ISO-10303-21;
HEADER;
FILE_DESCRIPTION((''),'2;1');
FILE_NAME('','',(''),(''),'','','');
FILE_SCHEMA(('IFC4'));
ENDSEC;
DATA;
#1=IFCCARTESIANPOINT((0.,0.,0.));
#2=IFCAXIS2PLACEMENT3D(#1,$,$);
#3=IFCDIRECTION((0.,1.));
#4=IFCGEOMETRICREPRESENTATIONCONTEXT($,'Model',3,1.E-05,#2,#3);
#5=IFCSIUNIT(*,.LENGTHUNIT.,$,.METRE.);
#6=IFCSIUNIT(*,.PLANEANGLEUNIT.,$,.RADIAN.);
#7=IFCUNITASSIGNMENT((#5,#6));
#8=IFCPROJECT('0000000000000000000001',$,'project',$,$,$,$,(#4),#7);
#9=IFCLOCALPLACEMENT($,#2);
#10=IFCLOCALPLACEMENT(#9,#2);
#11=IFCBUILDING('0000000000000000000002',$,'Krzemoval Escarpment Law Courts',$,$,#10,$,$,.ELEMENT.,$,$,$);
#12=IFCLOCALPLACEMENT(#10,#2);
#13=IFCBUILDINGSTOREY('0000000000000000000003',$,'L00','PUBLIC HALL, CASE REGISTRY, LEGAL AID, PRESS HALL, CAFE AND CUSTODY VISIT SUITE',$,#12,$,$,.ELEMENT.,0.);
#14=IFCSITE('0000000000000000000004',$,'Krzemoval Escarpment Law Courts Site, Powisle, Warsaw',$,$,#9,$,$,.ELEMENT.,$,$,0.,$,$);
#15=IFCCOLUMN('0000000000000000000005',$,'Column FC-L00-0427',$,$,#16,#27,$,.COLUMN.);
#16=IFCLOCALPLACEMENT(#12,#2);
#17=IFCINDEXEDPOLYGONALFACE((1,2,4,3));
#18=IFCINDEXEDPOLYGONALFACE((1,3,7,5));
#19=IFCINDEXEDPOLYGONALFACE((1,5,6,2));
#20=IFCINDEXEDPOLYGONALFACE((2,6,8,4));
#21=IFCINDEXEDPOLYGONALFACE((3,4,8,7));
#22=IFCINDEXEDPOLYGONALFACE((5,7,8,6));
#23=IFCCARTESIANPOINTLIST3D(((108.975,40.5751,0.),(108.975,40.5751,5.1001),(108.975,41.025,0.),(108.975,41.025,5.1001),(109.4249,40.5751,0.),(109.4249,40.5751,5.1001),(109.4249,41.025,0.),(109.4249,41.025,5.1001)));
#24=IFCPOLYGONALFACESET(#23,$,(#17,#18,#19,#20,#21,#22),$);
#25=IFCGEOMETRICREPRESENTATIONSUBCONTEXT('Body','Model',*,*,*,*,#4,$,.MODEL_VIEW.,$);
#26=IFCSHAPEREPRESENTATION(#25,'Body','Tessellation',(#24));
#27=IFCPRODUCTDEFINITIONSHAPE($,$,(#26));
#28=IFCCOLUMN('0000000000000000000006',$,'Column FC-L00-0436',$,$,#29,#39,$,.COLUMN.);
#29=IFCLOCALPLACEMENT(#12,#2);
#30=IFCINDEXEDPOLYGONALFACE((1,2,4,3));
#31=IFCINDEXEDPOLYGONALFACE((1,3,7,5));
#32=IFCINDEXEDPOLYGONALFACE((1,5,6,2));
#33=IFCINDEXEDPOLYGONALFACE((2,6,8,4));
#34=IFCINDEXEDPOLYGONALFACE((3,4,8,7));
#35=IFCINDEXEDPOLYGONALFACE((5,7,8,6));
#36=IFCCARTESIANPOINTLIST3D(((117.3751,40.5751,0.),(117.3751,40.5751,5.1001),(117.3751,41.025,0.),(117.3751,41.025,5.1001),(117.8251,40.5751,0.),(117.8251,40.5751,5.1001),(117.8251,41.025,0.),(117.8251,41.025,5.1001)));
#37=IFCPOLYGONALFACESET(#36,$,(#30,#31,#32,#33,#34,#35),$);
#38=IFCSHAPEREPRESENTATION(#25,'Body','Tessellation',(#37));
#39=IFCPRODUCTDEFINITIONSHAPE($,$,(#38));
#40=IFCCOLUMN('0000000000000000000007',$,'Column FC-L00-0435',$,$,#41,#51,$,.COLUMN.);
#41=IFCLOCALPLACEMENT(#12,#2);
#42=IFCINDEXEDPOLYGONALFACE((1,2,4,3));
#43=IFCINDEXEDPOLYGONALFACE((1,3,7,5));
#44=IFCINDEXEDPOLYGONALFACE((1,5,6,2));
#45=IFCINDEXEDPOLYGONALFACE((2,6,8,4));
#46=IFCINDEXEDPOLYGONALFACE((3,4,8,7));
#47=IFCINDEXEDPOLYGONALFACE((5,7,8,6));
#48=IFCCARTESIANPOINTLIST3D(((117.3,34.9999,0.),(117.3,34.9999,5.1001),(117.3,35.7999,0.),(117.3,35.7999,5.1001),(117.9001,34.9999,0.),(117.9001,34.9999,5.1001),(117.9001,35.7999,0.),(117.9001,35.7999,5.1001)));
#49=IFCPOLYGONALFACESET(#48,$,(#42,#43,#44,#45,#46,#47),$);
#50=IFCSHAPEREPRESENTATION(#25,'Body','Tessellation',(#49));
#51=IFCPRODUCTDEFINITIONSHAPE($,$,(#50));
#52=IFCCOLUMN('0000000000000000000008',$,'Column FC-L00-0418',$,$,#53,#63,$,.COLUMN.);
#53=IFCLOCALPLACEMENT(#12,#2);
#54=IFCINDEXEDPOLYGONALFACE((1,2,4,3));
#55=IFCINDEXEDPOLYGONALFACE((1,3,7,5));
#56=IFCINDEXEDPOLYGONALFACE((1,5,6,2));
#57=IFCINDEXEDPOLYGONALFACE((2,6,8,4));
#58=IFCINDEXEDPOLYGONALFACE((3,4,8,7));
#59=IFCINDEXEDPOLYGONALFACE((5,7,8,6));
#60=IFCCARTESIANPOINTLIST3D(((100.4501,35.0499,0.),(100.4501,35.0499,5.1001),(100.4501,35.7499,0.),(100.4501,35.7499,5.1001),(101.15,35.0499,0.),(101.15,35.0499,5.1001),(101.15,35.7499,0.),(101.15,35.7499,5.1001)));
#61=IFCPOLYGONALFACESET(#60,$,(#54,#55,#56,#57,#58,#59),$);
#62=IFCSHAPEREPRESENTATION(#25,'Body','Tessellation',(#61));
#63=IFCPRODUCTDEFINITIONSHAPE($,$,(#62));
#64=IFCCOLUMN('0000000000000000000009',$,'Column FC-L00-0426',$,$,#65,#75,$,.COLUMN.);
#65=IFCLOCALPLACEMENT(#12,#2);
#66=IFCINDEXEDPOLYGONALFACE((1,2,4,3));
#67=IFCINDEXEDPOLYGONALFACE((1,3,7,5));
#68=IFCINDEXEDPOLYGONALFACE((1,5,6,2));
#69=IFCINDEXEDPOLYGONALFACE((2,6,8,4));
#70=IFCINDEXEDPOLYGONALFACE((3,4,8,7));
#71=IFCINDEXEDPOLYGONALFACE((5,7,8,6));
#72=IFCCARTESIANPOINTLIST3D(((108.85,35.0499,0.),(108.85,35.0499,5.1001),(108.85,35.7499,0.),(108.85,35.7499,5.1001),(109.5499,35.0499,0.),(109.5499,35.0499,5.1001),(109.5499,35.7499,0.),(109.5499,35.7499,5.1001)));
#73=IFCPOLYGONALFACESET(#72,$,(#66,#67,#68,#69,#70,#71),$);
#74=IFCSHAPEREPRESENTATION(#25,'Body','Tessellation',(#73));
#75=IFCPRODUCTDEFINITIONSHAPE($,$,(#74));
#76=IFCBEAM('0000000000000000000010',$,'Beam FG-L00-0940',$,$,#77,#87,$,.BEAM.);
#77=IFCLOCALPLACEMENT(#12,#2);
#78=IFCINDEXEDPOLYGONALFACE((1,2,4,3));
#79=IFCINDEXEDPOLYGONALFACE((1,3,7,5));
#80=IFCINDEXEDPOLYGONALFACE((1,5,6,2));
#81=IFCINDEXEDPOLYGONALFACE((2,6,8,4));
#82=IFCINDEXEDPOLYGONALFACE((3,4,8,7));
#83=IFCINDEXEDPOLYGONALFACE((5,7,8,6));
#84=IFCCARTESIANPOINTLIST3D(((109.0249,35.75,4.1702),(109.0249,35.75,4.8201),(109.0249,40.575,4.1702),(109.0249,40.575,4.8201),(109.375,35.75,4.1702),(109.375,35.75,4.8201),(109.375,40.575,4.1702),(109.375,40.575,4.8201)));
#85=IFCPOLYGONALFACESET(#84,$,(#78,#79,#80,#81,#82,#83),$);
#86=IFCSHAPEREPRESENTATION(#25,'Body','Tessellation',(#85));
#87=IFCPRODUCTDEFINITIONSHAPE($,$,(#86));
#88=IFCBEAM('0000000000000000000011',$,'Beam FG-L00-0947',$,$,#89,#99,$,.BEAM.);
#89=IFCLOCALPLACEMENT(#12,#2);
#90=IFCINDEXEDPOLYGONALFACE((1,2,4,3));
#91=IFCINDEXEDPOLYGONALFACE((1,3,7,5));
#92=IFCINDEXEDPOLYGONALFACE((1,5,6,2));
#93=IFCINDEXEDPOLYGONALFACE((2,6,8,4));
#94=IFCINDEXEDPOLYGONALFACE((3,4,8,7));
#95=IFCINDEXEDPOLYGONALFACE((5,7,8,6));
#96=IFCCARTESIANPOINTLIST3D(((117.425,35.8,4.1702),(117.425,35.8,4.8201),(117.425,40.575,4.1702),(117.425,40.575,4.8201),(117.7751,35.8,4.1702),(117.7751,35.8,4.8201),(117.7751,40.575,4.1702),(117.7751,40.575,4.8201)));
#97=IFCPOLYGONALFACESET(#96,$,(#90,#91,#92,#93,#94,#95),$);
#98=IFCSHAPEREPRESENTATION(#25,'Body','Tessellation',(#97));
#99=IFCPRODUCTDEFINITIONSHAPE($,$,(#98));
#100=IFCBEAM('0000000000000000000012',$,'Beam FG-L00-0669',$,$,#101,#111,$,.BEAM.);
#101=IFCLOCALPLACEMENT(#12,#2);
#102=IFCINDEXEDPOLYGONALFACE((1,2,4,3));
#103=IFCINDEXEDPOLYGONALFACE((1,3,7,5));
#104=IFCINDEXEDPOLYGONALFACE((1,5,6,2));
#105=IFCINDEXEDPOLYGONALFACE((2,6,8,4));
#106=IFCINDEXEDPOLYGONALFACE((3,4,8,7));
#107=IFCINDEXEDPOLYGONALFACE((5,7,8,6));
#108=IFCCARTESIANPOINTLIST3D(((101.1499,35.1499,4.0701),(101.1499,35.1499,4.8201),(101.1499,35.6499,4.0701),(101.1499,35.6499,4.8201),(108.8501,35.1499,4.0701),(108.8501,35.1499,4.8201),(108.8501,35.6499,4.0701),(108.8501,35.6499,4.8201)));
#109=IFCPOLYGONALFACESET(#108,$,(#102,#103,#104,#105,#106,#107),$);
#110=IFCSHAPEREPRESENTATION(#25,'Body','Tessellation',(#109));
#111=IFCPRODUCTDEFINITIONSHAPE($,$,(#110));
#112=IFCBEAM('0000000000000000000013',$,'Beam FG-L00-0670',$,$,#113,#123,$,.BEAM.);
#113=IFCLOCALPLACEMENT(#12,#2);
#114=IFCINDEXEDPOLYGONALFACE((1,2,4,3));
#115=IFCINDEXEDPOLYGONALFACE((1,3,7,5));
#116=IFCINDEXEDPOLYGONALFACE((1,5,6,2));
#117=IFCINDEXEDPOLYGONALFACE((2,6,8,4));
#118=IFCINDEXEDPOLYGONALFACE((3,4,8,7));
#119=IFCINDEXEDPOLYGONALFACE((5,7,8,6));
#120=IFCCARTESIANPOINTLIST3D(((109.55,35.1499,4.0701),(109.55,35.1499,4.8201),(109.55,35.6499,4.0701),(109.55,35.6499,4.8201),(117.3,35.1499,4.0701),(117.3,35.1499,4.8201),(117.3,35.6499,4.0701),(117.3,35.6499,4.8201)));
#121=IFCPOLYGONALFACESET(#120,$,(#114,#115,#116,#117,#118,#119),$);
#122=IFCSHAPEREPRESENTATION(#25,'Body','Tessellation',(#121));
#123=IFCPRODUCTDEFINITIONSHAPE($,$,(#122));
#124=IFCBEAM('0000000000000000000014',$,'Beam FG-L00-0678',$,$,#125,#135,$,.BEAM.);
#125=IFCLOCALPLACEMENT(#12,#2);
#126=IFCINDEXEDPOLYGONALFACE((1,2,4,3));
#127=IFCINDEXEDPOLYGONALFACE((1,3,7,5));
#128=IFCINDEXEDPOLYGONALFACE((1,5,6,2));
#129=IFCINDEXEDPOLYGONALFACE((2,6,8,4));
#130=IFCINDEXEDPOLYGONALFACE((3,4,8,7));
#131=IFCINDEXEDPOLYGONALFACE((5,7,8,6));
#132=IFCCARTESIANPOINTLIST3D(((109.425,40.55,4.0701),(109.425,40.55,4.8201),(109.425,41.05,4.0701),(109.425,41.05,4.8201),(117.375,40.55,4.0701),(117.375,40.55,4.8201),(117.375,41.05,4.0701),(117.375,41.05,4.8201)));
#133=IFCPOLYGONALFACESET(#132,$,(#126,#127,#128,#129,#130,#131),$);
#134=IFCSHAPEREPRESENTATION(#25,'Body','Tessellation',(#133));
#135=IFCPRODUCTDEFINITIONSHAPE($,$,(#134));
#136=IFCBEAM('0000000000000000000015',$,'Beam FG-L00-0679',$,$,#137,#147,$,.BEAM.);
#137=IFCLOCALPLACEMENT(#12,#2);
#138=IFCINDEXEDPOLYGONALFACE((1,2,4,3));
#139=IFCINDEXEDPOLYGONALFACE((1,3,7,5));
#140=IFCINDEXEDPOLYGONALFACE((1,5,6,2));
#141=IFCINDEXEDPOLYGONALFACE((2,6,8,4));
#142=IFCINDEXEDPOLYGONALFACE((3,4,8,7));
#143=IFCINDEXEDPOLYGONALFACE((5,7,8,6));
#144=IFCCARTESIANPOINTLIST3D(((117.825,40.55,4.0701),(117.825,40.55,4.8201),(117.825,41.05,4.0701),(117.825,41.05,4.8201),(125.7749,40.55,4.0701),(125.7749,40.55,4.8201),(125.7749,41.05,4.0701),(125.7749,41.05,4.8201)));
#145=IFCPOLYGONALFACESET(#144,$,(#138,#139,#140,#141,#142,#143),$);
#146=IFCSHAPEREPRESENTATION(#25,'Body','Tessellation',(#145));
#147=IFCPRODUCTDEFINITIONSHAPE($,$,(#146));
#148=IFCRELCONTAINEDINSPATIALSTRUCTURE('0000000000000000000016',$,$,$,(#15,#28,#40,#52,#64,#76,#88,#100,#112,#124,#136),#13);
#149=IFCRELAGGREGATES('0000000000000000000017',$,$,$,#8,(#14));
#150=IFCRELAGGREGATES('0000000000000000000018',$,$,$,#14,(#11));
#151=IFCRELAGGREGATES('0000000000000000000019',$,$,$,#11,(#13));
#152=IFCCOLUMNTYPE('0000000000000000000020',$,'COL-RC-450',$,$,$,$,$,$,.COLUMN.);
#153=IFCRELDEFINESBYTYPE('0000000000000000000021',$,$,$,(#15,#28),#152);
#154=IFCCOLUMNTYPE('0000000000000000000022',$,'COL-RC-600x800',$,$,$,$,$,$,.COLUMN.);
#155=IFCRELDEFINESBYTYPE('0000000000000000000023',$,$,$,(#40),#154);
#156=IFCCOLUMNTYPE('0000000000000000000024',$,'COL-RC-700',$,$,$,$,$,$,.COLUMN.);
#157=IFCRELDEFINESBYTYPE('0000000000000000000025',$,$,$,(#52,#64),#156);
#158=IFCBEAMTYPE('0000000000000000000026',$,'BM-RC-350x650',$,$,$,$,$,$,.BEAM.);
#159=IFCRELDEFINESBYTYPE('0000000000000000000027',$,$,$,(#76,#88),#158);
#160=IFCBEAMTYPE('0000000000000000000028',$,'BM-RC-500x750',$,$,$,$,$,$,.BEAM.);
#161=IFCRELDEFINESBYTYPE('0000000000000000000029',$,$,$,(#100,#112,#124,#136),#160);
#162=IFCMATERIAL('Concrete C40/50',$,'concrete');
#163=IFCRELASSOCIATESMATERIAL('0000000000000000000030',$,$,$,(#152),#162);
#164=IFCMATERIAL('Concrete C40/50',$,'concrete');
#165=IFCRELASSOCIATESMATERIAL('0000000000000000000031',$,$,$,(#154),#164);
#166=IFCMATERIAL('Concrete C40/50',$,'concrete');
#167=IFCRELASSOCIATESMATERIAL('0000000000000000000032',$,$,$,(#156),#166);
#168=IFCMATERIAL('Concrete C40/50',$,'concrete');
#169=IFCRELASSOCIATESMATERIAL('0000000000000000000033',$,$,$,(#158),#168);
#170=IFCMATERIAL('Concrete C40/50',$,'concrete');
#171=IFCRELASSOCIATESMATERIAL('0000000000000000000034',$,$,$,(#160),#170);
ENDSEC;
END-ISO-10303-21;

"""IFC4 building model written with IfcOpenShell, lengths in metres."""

from ifc_helpers import new_model, si_unit, direction, frame, origin, origin_2d, place, context, subcontext, project, spatial, rectangle, extrude, material, material_profile, profile_set, type_object, element, save


model = new_model("IFC4")

# Units and contexts
model_context = context("Model", 3, precision=1e-05, world=origin(), true_north=direction((0.0, 1.0)))
body_context = subcontext(model_context, "Body", "Model", "MODEL_VIEW")
ifc_project = project(units=[si_unit("LENGTHUNIT", "METRE"), si_unit("PLANEANGLEUNIT", "RADIAN")], contexts=[model_context])

# Site, building, storey
site_placement = place(None, origin())
site = spatial("IfcSite", under=ifc_project, at=site_placement, Name="Krzemoval Escarpment Law Courts Site, Powisle, Warsaw", CompositionType="ELEMENT", RefElevation=0.0)
building_placement = place(site_placement, origin())
building = spatial("IfcBuilding", under=site, at=building_placement, Name="Krzemoval Escarpment Law Courts", CompositionType="ELEMENT")
storey_placement = place(building_placement, origin())
storey = spatial("IfcBuildingStorey", under=building, at=storey_placement, Name="L00", Description="PUBLIC HALL, CASE REGISTRY, LEGAL AID, PRESS HALL, CAFE AND CUSTODY VISIT SUITE", CompositionType="ELEMENT", Elevation=0.0)

# Columns
ifc_material_1 = material(Name="Concrete C40/50", Category="concrete")
ifc_material_profile_1 = material_profile(ifc_material_1, rectangle(XDim=0.45, YDim=0.45, at=origin_2d()), Name="RC 450x450")
ifc_profile_set_1 = profile_set([ifc_material_profile_1], Name="Concrete C40/50")
column_type_1 = type_object("IfcColumnType", Name="COL-RC-450", PredefinedType="COLUMN", material=ifc_profile_set_1)
for number, where, z_axis, x_axis, name in (
    (1, (109.2, 40.8, 0.0), (0.0, 0.0, 1.0), (1.0, 0.0, 0.0), "Column FC-L00-0427"),
    (2, (117.6001, 40.8, 0.0), (0.0, 0.0, 1.0), (1.0, 0.0, 0.0), "Column FC-L00-0436"),
):
    element("IfcColumn", number, at=place(storey_placement, frame(where, z_axis=z_axis, x_axis=x_axis)), inside=storey, type_object=column_type_1, Name=name, PredefinedType="COLUMN", context=body_context, shape_type="SweptSolid", body=[
        extrude(rectangle(XDim=0.45, YDim=0.45, at=origin_2d()), origin(), (0.0, 0.0, 1.0), 5.1001),
    ])
ifc_material_2 = material(Name="Concrete C40/50", Category="concrete")
ifc_material_profile_2 = material_profile(ifc_material_2, rectangle(XDim=0.6001, YDim=0.8, at=origin_2d()), Name="RC 600x800")
ifc_profile_set_2 = profile_set([ifc_material_profile_2], Name="Concrete C40/50")
column_type_2 = type_object("IfcColumnType", Name="COL-RC-600x800", PredefinedType="COLUMN", material=ifc_profile_set_2)
column_placement = place(storey_placement, frame((117.6001, 35.3999, 0.0), z_axis=(0.0, 0.0, 1.0), x_axis=(1.0, 0.0, 0.0)))
element("IfcColumn", 3, at=column_placement, inside=storey, type_object=column_type_2, Name="Column FC-L00-0435", PredefinedType="COLUMN", context=body_context, shape_type="SweptSolid", body=[
    extrude(rectangle(XDim=0.6001, YDim=0.8, at=origin_2d()), origin(), (0.0, 0.0, 1.0), 5.1001),
])
ifc_material_3 = material(Name="Concrete C40/50", Category="concrete")
ifc_material_profile_3 = material_profile(ifc_material_3, rectangle(XDim=0.7, YDim=0.7, at=origin_2d()), Name="RC 700x700")
ifc_profile_set_3 = profile_set([ifc_material_profile_3], Name="Concrete C40/50")
column_type_3 = type_object("IfcColumnType", Name="COL-RC-700", PredefinedType="COLUMN", material=ifc_profile_set_3)
for number, where, z_axis, x_axis, name in (
    (4, (100.8, 35.3999, 0.0), (0.0, 0.0, 1.0), (1.0, 0.0, 0.0), "Column FC-L00-0418"),
    (5, (109.2, 35.3999, 0.0), (0.0, 0.0, 1.0), (1.0, 0.0, 0.0), "Column FC-L00-0426"),
):
    element("IfcColumn", number, at=place(storey_placement, frame(where, z_axis=z_axis, x_axis=x_axis)), inside=storey, type_object=column_type_3, Name=name, PredefinedType="COLUMN", context=body_context, shape_type="SweptSolid", body=[
        extrude(rectangle(XDim=0.7, YDim=0.7, at=origin_2d()), origin(), (0.0, 0.0, 1.0), 5.1001),
    ])

# Beams
ifc_material_4 = material(Name="Concrete C40/50", Category="concrete")
ifc_material_profile_4 = material_profile(ifc_material_4, rectangle(XDim=0.3501, YDim=0.6499, at=origin_2d()), Name="RCB 350x650")
ifc_profile_set_4 = profile_set([ifc_material_profile_4], Name="Concrete C40/50")
beam_type_1 = type_object("IfcBeamType", Name="BM-RC-350x650", PredefinedType="BEAM", material=ifc_profile_set_4)
beam_1_placement = place(storey_placement, frame((109.2, 35.75, 4.4951), z_axis=(0.0, 1.0, 0.0), x_axis=(-1.0, 0.0, 0.0)))
element("IfcBeam", 6, at=beam_1_placement, inside=storey, type_object=beam_type_1, Name="Beam FG-L00-0940", PredefinedType="BEAM", context=body_context, shape_type="SweptSolid", body=[
    extrude(rectangle(XDim=0.3501, YDim=0.6499, at=origin_2d()), origin(), (0.0, 0.0, 1.0), 4.825),
])
beam_2_placement = place(storey_placement, frame((117.6001, 35.8, 4.4951), z_axis=(0.0, 1.0, 0.0), x_axis=(-1.0, 0.0, 0.0)))
element("IfcBeam", 7, at=beam_2_placement, inside=storey, type_object=beam_type_1, Name="Beam FG-L00-0947", PredefinedType="BEAM", context=body_context, shape_type="SweptSolid", body=[
    extrude(rectangle(XDim=0.3501, YDim=0.6499, at=origin_2d()), origin(), (0.0, 0.0, 1.0), 4.7749),
])
ifc_material_5 = material(Name="Concrete C40/50", Category="concrete")
ifc_material_profile_5 = material_profile(ifc_material_5, rectangle(XDim=0.5, YDim=0.75, at=origin_2d()), Name="RCB 500x750")
ifc_profile_set_5 = profile_set([ifc_material_profile_5], Name="Concrete C40/50")
beam_type_2 = type_object("IfcBeamType", Name="BM-RC-500x750", PredefinedType="BEAM", material=ifc_profile_set_5)
beam_3_placement = place(storey_placement, frame((101.1499, 35.3999, 4.4451), z_axis=(1.0, 0.0, 0.0), x_axis=(0.0, 1.0, 0.0)))
element("IfcBeam", 8, at=beam_3_placement, inside=storey, type_object=beam_type_2, Name="Beam FG-L00-0669", PredefinedType="BEAM", context=body_context, shape_type="SweptSolid", body=[
    extrude(rectangle(XDim=0.5, YDim=0.75, at=origin_2d()), origin(), (0.0, 0.0, 1.0), 7.7002),
])
beam_4_placement = place(storey_placement, frame((109.55, 35.3999, 4.4451), z_axis=(1.0, 0.0, 0.0), x_axis=(0.0, 1.0, 0.0)))
element("IfcBeam", 9, at=beam_4_placement, inside=storey, type_object=beam_type_2, Name="Beam FG-L00-0670", PredefinedType="BEAM", context=body_context, shape_type="SweptSolid", body=[
    extrude(rectangle(XDim=0.5, YDim=0.75, at=origin_2d()), origin(), (0.0, 0.0, 1.0), 7.75),
])
for number, where, z_axis, x_axis, name in (
    (10, (109.425, 40.8, 4.4451), (1.0, 0.0, 0.0), (0.0, 1.0, 0.0), "Beam FG-L00-0678"),
    (11, (117.825, 40.8, 4.4451), (1.0, 0.0, 0.0), (0.0, 1.0, 0.0), "Beam FG-L00-0679"),
):
    element("IfcBeam", number, at=place(storey_placement, frame(where, z_axis=z_axis, x_axis=x_axis)), inside=storey, type_object=beam_type_2, Name=name, PredefinedType="BEAM", context=body_context, shape_type="SweptSolid", body=[
        extrude(rectangle(XDim=0.5, YDim=0.75, at=origin_2d()), origin(), (0.0, 0.0, 1.0), 7.95),
    ])

save(model, "model.ifc")
